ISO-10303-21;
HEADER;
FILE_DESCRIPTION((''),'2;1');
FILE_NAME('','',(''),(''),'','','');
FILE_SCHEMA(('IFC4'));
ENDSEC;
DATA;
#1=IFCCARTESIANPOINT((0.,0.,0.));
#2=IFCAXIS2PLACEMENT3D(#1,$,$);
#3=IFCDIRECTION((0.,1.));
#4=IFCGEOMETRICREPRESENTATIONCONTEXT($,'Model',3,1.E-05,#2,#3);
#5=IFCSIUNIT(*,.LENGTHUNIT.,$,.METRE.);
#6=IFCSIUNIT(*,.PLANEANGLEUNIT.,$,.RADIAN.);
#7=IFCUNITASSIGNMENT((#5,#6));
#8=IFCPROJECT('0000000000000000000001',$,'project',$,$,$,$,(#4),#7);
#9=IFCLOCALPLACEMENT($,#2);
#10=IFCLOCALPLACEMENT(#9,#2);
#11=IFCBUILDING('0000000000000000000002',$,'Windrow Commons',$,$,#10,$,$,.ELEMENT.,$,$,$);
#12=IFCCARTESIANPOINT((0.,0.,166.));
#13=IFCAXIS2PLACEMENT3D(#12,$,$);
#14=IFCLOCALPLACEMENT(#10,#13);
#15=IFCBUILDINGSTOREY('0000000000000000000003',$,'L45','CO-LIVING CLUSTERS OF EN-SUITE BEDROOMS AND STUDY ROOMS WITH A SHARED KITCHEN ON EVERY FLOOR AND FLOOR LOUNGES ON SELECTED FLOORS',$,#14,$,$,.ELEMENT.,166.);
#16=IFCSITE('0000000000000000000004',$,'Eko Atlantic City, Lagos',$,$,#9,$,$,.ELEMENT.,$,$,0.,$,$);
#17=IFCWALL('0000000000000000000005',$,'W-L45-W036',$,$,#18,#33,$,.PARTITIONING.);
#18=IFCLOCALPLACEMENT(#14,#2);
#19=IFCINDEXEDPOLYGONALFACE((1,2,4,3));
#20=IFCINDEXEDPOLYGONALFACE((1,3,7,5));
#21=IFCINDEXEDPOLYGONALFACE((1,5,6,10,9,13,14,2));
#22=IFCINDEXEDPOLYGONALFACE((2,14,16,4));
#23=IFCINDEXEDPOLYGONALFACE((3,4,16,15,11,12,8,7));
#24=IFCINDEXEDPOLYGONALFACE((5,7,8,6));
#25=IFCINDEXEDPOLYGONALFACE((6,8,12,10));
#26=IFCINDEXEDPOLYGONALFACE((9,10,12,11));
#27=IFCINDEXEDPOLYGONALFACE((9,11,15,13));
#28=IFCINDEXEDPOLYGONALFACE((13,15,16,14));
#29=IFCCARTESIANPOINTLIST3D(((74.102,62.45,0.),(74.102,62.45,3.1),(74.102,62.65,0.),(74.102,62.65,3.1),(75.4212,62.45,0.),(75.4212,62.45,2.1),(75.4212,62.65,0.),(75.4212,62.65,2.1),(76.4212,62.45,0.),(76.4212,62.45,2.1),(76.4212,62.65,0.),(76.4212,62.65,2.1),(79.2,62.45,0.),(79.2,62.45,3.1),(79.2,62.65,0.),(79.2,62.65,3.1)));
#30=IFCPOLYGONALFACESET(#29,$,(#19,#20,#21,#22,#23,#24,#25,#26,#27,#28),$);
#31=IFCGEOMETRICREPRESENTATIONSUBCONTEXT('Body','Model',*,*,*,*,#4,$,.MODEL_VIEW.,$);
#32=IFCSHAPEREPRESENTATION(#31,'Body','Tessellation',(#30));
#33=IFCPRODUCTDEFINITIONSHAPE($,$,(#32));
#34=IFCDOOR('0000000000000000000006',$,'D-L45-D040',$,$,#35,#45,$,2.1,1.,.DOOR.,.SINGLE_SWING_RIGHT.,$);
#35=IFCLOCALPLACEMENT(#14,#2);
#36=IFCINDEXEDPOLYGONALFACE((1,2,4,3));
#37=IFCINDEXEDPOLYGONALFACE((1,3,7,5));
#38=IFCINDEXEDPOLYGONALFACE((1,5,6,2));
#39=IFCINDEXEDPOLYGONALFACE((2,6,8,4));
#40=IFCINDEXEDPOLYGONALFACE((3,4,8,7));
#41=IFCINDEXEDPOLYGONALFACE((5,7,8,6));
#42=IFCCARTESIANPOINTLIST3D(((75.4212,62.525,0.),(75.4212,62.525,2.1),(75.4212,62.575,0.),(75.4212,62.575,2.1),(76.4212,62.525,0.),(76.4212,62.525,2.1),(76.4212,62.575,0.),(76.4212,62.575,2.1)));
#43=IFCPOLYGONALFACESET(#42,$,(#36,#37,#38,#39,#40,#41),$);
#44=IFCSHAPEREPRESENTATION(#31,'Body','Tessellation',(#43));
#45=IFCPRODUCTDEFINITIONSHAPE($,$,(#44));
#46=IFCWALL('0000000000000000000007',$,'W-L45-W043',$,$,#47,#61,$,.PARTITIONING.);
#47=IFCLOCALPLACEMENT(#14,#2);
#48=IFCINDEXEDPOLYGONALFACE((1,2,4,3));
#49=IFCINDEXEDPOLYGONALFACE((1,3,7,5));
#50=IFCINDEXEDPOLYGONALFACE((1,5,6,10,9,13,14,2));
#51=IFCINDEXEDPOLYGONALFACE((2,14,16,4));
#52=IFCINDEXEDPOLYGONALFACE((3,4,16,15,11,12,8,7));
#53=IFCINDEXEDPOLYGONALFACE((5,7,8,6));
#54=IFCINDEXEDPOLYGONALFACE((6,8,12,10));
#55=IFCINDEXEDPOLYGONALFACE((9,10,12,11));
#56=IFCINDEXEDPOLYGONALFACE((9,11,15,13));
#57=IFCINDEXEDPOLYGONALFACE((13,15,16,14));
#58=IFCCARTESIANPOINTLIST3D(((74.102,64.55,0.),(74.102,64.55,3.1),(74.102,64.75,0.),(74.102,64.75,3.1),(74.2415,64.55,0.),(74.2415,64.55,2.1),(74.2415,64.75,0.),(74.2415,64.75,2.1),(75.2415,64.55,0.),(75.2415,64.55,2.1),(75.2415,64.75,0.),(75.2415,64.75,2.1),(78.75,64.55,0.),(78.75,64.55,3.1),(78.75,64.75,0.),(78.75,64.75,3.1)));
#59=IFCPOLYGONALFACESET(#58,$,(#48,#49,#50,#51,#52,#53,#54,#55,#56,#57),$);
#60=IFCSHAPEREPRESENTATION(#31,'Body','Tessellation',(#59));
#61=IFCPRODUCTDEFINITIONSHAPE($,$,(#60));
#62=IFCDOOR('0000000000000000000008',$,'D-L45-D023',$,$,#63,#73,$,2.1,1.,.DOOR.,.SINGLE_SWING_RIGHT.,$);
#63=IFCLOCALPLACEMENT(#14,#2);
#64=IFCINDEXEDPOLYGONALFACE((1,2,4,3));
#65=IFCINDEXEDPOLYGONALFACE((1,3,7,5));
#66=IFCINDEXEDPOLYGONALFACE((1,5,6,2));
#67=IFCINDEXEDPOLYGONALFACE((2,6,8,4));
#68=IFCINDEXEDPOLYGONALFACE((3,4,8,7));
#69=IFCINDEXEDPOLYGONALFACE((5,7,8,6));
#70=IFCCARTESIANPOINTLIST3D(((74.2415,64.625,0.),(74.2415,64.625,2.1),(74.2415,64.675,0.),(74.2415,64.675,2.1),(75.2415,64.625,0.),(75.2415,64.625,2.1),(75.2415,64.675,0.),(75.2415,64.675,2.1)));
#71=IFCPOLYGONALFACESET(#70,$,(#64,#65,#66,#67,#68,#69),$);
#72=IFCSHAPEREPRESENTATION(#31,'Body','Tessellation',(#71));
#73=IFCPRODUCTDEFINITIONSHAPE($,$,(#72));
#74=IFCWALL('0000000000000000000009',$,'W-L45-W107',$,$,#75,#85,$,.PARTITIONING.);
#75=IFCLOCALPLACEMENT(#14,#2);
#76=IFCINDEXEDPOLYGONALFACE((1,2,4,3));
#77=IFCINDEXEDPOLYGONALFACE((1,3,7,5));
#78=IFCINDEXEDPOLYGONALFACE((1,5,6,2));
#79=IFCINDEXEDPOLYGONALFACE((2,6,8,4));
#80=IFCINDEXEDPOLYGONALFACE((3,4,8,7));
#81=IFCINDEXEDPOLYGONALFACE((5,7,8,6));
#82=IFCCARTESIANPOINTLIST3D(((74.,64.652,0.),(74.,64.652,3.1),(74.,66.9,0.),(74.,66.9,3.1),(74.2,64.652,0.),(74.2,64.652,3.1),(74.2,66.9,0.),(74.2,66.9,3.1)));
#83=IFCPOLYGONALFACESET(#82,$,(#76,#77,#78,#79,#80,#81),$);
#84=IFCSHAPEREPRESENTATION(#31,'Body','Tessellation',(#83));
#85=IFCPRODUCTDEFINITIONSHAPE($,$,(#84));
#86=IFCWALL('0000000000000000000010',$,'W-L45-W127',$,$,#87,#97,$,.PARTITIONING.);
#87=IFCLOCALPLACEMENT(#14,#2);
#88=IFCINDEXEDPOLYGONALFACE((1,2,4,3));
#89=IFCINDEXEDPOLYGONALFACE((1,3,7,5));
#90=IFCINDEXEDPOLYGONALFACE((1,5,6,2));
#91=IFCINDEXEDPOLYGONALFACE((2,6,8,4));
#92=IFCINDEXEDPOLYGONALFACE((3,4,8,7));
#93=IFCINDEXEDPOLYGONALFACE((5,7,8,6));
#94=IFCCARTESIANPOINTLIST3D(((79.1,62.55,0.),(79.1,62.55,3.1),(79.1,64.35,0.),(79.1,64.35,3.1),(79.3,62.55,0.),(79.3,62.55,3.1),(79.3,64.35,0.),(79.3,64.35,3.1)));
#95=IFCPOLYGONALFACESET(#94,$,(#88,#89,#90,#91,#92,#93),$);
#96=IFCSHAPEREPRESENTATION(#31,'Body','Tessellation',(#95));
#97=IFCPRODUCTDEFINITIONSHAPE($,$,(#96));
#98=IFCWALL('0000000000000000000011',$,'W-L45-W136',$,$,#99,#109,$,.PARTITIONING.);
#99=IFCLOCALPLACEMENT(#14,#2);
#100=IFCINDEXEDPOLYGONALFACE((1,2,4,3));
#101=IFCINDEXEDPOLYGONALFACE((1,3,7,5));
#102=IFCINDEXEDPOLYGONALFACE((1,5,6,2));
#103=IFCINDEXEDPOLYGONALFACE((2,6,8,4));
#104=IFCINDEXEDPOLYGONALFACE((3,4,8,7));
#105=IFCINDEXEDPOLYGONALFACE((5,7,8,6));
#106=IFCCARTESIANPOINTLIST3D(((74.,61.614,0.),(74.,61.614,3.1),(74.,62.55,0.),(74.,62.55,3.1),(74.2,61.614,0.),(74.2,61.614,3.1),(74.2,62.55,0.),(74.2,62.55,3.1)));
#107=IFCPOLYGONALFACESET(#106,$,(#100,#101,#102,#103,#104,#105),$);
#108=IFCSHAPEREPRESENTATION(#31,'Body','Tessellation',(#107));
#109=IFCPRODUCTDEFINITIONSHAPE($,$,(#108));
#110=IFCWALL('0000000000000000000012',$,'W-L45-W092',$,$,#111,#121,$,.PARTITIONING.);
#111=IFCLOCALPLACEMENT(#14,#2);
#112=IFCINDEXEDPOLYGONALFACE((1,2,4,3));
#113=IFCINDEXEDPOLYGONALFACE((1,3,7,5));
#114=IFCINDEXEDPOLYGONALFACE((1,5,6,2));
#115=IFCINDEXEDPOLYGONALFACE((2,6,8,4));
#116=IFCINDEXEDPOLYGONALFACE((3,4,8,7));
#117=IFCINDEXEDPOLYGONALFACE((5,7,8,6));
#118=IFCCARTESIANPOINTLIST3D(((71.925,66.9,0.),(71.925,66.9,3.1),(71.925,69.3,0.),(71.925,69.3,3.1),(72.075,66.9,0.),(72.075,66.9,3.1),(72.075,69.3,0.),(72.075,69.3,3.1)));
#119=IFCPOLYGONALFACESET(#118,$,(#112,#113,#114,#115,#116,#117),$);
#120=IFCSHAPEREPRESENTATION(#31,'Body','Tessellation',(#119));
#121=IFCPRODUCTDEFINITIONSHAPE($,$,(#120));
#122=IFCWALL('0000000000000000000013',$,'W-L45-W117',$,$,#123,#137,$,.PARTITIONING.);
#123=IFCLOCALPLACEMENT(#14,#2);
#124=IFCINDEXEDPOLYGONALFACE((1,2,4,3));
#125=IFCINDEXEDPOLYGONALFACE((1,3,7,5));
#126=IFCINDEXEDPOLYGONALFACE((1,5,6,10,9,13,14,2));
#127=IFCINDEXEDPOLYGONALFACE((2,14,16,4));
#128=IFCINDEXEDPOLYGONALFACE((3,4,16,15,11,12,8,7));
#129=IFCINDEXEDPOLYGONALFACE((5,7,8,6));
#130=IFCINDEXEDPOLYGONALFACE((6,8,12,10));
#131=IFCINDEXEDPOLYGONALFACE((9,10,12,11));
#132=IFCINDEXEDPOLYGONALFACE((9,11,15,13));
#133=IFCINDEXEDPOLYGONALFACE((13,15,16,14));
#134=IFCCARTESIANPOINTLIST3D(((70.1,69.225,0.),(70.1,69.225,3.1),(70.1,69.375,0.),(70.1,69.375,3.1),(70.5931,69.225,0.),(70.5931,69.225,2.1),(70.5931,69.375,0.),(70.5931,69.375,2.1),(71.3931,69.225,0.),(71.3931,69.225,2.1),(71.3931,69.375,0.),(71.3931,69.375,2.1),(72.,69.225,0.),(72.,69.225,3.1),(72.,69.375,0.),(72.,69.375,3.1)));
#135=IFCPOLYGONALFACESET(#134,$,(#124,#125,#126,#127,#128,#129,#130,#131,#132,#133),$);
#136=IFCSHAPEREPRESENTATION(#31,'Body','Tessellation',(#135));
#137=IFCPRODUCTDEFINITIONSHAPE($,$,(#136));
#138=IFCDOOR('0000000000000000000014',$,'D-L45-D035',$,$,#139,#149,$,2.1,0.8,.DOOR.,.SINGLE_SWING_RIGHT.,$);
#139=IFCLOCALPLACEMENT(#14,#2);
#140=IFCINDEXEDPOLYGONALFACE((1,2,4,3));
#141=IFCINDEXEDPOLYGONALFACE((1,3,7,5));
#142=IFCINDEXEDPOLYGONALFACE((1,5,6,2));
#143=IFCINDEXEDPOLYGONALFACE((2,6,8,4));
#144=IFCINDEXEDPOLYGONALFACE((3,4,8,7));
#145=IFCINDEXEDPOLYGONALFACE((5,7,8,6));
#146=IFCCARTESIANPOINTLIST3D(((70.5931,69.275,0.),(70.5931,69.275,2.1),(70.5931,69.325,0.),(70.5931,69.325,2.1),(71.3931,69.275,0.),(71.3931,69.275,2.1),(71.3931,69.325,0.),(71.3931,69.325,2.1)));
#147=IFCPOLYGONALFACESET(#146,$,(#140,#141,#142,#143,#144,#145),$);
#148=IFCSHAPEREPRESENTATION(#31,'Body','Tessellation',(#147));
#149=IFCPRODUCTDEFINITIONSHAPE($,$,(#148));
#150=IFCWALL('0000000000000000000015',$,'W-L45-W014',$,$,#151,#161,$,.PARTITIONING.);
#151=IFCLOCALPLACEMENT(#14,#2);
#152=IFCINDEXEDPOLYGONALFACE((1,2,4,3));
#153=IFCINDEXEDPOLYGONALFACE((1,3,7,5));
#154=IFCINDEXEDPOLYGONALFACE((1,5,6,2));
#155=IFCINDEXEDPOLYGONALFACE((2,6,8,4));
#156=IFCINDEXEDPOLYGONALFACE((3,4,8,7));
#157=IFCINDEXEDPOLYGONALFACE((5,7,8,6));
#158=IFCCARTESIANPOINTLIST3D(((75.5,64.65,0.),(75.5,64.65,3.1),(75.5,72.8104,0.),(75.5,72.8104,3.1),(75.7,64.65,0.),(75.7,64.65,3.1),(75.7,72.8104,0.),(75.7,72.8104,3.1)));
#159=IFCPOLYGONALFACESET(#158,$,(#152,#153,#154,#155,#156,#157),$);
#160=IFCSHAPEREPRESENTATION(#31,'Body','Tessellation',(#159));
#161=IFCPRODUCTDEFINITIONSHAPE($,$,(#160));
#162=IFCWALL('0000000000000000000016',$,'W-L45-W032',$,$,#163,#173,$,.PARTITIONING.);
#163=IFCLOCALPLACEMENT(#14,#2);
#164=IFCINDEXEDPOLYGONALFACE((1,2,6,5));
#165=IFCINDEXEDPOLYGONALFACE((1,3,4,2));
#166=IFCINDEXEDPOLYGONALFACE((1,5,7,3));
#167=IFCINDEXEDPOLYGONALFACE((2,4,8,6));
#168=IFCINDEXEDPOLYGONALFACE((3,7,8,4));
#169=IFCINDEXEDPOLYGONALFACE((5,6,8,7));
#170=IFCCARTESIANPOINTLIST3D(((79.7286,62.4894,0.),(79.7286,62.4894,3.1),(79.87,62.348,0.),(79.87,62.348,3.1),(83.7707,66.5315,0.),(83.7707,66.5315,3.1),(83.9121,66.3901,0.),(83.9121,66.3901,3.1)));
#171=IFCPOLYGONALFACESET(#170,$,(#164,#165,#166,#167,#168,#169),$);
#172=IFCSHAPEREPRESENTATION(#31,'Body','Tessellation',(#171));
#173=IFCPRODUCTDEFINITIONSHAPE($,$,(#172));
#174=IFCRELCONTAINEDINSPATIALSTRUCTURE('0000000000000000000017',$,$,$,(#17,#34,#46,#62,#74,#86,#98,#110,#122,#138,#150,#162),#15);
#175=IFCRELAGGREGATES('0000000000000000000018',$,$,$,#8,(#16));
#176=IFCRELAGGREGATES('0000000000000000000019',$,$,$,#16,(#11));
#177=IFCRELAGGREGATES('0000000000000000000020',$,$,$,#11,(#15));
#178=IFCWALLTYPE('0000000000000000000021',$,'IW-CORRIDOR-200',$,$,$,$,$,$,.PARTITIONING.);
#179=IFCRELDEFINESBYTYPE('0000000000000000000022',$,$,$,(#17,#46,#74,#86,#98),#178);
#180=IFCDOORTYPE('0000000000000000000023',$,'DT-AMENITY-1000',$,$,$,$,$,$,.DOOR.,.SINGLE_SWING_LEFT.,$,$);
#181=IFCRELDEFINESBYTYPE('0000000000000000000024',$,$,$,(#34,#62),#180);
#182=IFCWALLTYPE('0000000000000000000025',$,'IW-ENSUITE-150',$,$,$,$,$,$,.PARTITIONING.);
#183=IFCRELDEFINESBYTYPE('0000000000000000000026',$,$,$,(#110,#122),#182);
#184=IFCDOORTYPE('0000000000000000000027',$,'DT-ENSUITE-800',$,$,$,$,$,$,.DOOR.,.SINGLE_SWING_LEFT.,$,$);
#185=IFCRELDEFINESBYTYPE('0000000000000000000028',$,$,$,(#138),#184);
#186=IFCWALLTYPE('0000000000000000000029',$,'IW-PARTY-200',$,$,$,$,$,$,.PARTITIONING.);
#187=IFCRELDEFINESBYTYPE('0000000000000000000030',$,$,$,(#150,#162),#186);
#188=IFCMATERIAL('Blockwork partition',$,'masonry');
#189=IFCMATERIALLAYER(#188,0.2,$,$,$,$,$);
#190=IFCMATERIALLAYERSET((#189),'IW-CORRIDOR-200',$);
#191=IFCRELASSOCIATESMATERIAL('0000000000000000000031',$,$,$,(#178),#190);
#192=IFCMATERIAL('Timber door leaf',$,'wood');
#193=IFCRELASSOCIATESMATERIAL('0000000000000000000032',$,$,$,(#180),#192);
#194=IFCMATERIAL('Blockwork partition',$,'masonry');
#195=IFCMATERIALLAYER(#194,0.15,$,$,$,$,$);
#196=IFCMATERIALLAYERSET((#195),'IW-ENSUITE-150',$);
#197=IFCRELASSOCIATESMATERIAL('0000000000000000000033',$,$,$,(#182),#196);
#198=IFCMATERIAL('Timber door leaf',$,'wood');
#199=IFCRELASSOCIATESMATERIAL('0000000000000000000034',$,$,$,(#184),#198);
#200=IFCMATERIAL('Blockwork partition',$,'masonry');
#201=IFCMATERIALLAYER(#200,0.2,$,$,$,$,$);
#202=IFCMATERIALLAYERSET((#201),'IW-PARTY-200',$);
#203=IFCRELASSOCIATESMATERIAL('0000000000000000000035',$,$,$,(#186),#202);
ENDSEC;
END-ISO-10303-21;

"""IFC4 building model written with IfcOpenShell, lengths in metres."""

from ifc_helpers import new_model, si_unit, direction, frame, frame_2d, origin, place, context, subcontext, project, spatial, rectangle, extrude, material, layer, layer_set, type_object, element, fill, save


model = new_model("IFC4")

# Units and contexts
model_context = context("Model", 3, precision=1e-05, world=origin(), true_north=direction((0.0, 1.0)))
body_context = subcontext(model_context, "Body", "Model", "MODEL_VIEW")
ifc_project = project(units=[si_unit("LENGTHUNIT", "METRE"), si_unit("PLANEANGLEUNIT", "RADIAN")], contexts=[model_context])

# Site, building, storey
site_placement = place(None, origin())
site = spatial("IfcSite", under=ifc_project, at=site_placement, Name="Eko Atlantic City, Lagos", CompositionType="ELEMENT", RefElevation=0.0)
building_placement = place(site_placement, origin())
building = spatial("IfcBuilding", under=site, at=building_placement, Name="Windrow Commons", CompositionType="ELEMENT")
storey_placement = place(building_placement, frame((0.0, 0.0, 166.0)))
storey = spatial("IfcBuildingStorey", under=building, at=storey_placement, Name="L45", Description="CO-LIVING CLUSTERS OF EN-SUITE BEDROOMS AND STUDY ROOMS WITH A SHARED KITCHEN ON EVERY FLOOR AND FLOOR LOUNGES ON SELECTED FLOORS", CompositionType="ELEMENT", Elevation=166.0)

# Shared definitions
ifc_material_1 = material(Name="Blockwork partition", Category="masonry")
ifc_layer_1 = layer(ifc_material_1, 0.2)
ifc_layer_set_1 = layer_set([ifc_layer_1], Name="IW-CORRIDOR-200")
wall_type_1 = type_object("IfcWallType", Name="IW-CORRIDOR-200", PredefinedType="PARTITIONING", material=ifc_layer_set_1)

# Walls, openings, doors
wall_1_placement = place(storey_placement, frame((74.102, 62.55, 0.0), z_axis=(0.0, 0.0, 1.0), x_axis=(1.0, 0.0, 0.0)))
wall_1 = element("IfcWall", 1, at=wall_1_placement, inside=storey, type_object=wall_type_1, Name="W-L45-W036", PredefinedType="PARTITIONING", context=body_context, shape_type="SweptSolid", body=[
    extrude(rectangle(XDim=5.098, YDim=0.2, at=frame_2d((2.549, 0.0))), origin(), (0.0, 0.0, 1.0), 3.1),
])
opening_1_placement = place(wall_1_placement, frame((1.3192, 0.0, 0.0)))
opening_1 = element("IfcOpeningElement", 2, at=opening_1_placement, cuts=wall_1, PredefinedType="OPENING", context=body_context, shape_type="SweptSolid", body=[
    extrude(rectangle(XDim=1.0, YDim=2.1, at=frame_2d((0.5, 1.05))), frame((0.0, 0.11, 0.0), z_axis=(0.0, -1.0, 0.0), x_axis=(1.0, 0.0, 0.0)), (0.0, 0.0, 1.0), 0.22),
])
ifc_material_2 = material(Name="Timber door leaf", Category="wood")
door_type_1 = type_object("IfcDoorType", Name="DT-AMENITY-1000", OperationType="SINGLE_SWING_LEFT", PredefinedType="DOOR", material=ifc_material_2)
door_1_placement = place(opening_1_placement, origin())
door_1 = element("IfcDoor", 3, at=door_1_placement, inside=storey, type_object=door_type_1, Name="D-L45-D040", OperationType="SINGLE_SWING_RIGHT", OverallHeight=2.1, OverallWidth=1.0, PredefinedType="DOOR", context=body_context, shape_type="SweptSolid", body=[
    extrude(rectangle(XDim=1.0, YDim=2.1, at=frame_2d((0.5, 1.05))), frame((0.0, 0.025, 0.0), z_axis=(0.0, -1.0, 0.0), x_axis=(1.0, 0.0, 0.0)), (0.0, 0.0, 1.0), 0.05),
])
fill(opening_1, door_1)
wall_2_placement = place(storey_placement, frame((74.102, 64.65, 0.0), z_axis=(0.0, 0.0, 1.0), x_axis=(1.0, 0.0, 0.0)))
wall_2 = element("IfcWall", 4, at=wall_2_placement, inside=storey, type_object=wall_type_1, Name="W-L45-W043", PredefinedType="PARTITIONING", context=body_context, shape_type="SweptSolid", body=[
    extrude(rectangle(XDim=4.648, YDim=0.2, at=frame_2d((2.324, 0.0))), origin(), (0.0, 0.0, 1.0), 3.1),
])
opening_2_placement = place(wall_2_placement, frame((0.1395, 0.0, 0.0)))
opening_2 = element("IfcOpeningElement", 5, at=opening_2_placement, cuts=wall_2, PredefinedType="OPENING", context=body_context, shape_type="SweptSolid", body=[
    extrude(rectangle(XDim=1.0, YDim=2.1, at=frame_2d((0.5, 1.05))), frame((0.0, 0.11, 0.0), z_axis=(0.0, -1.0, 0.0), x_axis=(1.0, 0.0, 0.0)), (0.0, 0.0, 1.0), 0.22),
])
door_2_placement = place(opening_2_placement, origin())
door_2 = element("IfcDoor", 6, at=door_2_placement, inside=storey, type_object=door_type_1, Name="D-L45-D023", OperationType="SINGLE_SWING_RIGHT", OverallHeight=2.1, OverallWidth=1.0, PredefinedType="DOOR", context=body_context, shape_type="SweptSolid", body=[
    extrude(rectangle(XDim=1.0, YDim=2.1, at=frame_2d((0.5, 1.05))), frame((0.0, 0.025, 0.0), z_axis=(0.0, -1.0, 0.0), x_axis=(1.0, 0.0, 0.0)), (0.0, 0.0, 1.0), 0.05),
])
fill(opening_2, door_2)

# Walls
wall_3_placement = place(storey_placement, frame((74.1, 64.652, 0.0), z_axis=(0.0, 0.0, 1.0), x_axis=(0.0, 1.0, 0.0)))
element("IfcWall", 7, at=wall_3_placement, inside=storey, type_object=wall_type_1, Name="W-L45-W107", PredefinedType="PARTITIONING", context=body_context, shape_type="SweptSolid", body=[
    extrude(rectangle(XDim=2.248, YDim=0.2, at=frame_2d((1.124, 0.0))), origin(), (0.0, 0.0, 1.0), 3.1),
])
wall_4_placement = place(storey_placement, frame((79.2, 62.55, 0.0), z_axis=(0.0, 0.0, 1.0), x_axis=(0.0, 1.0, 0.0)))
element("IfcWall", 8, at=wall_4_placement, inside=storey, type_object=wall_type_1, Name="W-L45-W127", PredefinedType="PARTITIONING", context=body_context, shape_type="SweptSolid", body=[
    extrude(rectangle(XDim=1.8, YDim=0.2, at=frame_2d((0.9, 0.0))), origin(), (0.0, 0.0, 1.0), 3.1),
])
wall_5_placement = place(storey_placement, frame((74.1, 61.614, 0.0), z_axis=(0.0, 0.0, 1.0), x_axis=(0.0, 1.0, 0.0)))
element("IfcWall", 9, at=wall_5_placement, inside=storey, type_object=wall_type_1, Name="W-L45-W136", PredefinedType="PARTITIONING", context=body_context, shape_type="SweptSolid", body=[
    extrude(rectangle(XDim=0.936, YDim=0.2, at=frame_2d((0.468, 0.0))), origin(), (0.0, 0.0, 1.0), 3.1),
])
ifc_material_3 = material(Name="Blockwork partition", Category="masonry")
ifc_layer_2 = layer(ifc_material_3, 0.15)
ifc_layer_set_2 = layer_set([ifc_layer_2], Name="IW-ENSUITE-150")
wall_type_2 = type_object("IfcWallType", Name="IW-ENSUITE-150", PredefinedType="PARTITIONING", material=ifc_layer_set_2)
wall_6_placement = place(storey_placement, frame((72.0, 66.9, 0.0), z_axis=(0.0, 0.0, 1.0), x_axis=(0.0, 1.0, 0.0)))
element("IfcWall", 10, at=wall_6_placement, inside=storey, type_object=wall_type_2, Name="W-L45-W092", PredefinedType="PARTITIONING", context=body_context, shape_type="SweptSolid", body=[
    extrude(rectangle(XDim=2.4, YDim=0.15, at=frame_2d((1.2, 0.0))), origin(), (0.0, 0.0, 1.0), 3.1),
])

# Wall, opening, door
wall_7_placement = place(storey_placement, frame((70.1, 69.3, 0.0), z_axis=(0.0, 0.0, 1.0), x_axis=(1.0, 0.0, 0.0)))
wall_7 = element("IfcWall", 11, at=wall_7_placement, inside=storey, type_object=wall_type_2, Name="W-L45-W117", PredefinedType="PARTITIONING", context=body_context, shape_type="SweptSolid", body=[
    extrude(rectangle(XDim=1.9, YDim=0.15, at=frame_2d((0.95, 0.0))), origin(), (0.0, 0.0, 1.0), 3.1),
])
opening_3_placement = place(wall_7_placement, frame((0.4931, 0.0, 0.0)))
opening_3 = element("IfcOpeningElement", 12, at=opening_3_placement, cuts=wall_7, PredefinedType="OPENING", context=body_context, shape_type="SweptSolid", body=[
    extrude(rectangle(XDim=0.8, YDim=2.1, at=frame_2d((0.4, 1.05))), frame((0.0, 0.085, 0.0), z_axis=(0.0, -1.0, 0.0), x_axis=(1.0, 0.0, 0.0)), (0.0, 0.0, 1.0), 0.17),
])
ifc_material_4 = material(Name="Timber door leaf", Category="wood")
door_type_2 = type_object("IfcDoorType", Name="DT-ENSUITE-800", OperationType="SINGLE_SWING_LEFT", PredefinedType="DOOR", material=ifc_material_4)
door_3_placement = place(opening_3_placement, origin())
door_3 = element("IfcDoor", 13, at=door_3_placement, inside=storey, type_object=door_type_2, Name="D-L45-D035", OperationType="SINGLE_SWING_RIGHT", OverallHeight=2.1, OverallWidth=0.8, PredefinedType="DOOR", context=body_context, shape_type="SweptSolid", body=[
    extrude(rectangle(XDim=0.8, YDim=2.1, at=frame_2d((0.4, 1.05))), frame((0.0, 0.025, 0.0), z_axis=(0.0, -1.0, 0.0), x_axis=(1.0, 0.0, 0.0)), (0.0, 0.0, 1.0), 0.05),
])
fill(opening_3, door_3)

# Walls
ifc_material_5 = material(Name="Blockwork partition", Category="masonry")
ifc_layer_3 = layer(ifc_material_5, 0.2)
ifc_layer_set_3 = layer_set([ifc_layer_3], Name="IW-PARTY-200")
wall_type_3 = type_object("IfcWallType", Name="IW-PARTY-200", PredefinedType="PARTITIONING", material=ifc_layer_set_3)
wall_8_placement = place(storey_placement, frame((75.6, 64.65, 0.0), z_axis=(0.0, 0.0, 1.0), x_axis=(0.0, 1.0, 0.0)))
element("IfcWall", 14, at=wall_8_placement, inside=storey, type_object=wall_type_3, Name="W-L45-W014", PredefinedType="PARTITIONING", context=body_context, shape_type="SweptSolid", body=[
    extrude(rectangle(XDim=8.1604, YDim=0.2, at=frame_2d((4.0802, 0.0))), origin(), (0.0, 0.0, 1.0), 3.1),
])
wall_9_placement = place(storey_placement, frame((79.7993, 62.4187, 0.0), z_axis=(0.0, 0.0, 1.0), x_axis=(0.707107, 0.707107, 0.0)))
element("IfcWall", 15, at=wall_9_placement, inside=storey, type_object=wall_type_3, Name="W-L45-W032", PredefinedType="PARTITIONING", context=body_context, shape_type="SweptSolid", body=[
    extrude(rectangle(XDim=5.7163, YDim=0.2, at=frame_2d((2.8582, 0.0))), origin(), (0.0, 0.0, 1.0), 3.1),
])

save(model, "model.ifc")
